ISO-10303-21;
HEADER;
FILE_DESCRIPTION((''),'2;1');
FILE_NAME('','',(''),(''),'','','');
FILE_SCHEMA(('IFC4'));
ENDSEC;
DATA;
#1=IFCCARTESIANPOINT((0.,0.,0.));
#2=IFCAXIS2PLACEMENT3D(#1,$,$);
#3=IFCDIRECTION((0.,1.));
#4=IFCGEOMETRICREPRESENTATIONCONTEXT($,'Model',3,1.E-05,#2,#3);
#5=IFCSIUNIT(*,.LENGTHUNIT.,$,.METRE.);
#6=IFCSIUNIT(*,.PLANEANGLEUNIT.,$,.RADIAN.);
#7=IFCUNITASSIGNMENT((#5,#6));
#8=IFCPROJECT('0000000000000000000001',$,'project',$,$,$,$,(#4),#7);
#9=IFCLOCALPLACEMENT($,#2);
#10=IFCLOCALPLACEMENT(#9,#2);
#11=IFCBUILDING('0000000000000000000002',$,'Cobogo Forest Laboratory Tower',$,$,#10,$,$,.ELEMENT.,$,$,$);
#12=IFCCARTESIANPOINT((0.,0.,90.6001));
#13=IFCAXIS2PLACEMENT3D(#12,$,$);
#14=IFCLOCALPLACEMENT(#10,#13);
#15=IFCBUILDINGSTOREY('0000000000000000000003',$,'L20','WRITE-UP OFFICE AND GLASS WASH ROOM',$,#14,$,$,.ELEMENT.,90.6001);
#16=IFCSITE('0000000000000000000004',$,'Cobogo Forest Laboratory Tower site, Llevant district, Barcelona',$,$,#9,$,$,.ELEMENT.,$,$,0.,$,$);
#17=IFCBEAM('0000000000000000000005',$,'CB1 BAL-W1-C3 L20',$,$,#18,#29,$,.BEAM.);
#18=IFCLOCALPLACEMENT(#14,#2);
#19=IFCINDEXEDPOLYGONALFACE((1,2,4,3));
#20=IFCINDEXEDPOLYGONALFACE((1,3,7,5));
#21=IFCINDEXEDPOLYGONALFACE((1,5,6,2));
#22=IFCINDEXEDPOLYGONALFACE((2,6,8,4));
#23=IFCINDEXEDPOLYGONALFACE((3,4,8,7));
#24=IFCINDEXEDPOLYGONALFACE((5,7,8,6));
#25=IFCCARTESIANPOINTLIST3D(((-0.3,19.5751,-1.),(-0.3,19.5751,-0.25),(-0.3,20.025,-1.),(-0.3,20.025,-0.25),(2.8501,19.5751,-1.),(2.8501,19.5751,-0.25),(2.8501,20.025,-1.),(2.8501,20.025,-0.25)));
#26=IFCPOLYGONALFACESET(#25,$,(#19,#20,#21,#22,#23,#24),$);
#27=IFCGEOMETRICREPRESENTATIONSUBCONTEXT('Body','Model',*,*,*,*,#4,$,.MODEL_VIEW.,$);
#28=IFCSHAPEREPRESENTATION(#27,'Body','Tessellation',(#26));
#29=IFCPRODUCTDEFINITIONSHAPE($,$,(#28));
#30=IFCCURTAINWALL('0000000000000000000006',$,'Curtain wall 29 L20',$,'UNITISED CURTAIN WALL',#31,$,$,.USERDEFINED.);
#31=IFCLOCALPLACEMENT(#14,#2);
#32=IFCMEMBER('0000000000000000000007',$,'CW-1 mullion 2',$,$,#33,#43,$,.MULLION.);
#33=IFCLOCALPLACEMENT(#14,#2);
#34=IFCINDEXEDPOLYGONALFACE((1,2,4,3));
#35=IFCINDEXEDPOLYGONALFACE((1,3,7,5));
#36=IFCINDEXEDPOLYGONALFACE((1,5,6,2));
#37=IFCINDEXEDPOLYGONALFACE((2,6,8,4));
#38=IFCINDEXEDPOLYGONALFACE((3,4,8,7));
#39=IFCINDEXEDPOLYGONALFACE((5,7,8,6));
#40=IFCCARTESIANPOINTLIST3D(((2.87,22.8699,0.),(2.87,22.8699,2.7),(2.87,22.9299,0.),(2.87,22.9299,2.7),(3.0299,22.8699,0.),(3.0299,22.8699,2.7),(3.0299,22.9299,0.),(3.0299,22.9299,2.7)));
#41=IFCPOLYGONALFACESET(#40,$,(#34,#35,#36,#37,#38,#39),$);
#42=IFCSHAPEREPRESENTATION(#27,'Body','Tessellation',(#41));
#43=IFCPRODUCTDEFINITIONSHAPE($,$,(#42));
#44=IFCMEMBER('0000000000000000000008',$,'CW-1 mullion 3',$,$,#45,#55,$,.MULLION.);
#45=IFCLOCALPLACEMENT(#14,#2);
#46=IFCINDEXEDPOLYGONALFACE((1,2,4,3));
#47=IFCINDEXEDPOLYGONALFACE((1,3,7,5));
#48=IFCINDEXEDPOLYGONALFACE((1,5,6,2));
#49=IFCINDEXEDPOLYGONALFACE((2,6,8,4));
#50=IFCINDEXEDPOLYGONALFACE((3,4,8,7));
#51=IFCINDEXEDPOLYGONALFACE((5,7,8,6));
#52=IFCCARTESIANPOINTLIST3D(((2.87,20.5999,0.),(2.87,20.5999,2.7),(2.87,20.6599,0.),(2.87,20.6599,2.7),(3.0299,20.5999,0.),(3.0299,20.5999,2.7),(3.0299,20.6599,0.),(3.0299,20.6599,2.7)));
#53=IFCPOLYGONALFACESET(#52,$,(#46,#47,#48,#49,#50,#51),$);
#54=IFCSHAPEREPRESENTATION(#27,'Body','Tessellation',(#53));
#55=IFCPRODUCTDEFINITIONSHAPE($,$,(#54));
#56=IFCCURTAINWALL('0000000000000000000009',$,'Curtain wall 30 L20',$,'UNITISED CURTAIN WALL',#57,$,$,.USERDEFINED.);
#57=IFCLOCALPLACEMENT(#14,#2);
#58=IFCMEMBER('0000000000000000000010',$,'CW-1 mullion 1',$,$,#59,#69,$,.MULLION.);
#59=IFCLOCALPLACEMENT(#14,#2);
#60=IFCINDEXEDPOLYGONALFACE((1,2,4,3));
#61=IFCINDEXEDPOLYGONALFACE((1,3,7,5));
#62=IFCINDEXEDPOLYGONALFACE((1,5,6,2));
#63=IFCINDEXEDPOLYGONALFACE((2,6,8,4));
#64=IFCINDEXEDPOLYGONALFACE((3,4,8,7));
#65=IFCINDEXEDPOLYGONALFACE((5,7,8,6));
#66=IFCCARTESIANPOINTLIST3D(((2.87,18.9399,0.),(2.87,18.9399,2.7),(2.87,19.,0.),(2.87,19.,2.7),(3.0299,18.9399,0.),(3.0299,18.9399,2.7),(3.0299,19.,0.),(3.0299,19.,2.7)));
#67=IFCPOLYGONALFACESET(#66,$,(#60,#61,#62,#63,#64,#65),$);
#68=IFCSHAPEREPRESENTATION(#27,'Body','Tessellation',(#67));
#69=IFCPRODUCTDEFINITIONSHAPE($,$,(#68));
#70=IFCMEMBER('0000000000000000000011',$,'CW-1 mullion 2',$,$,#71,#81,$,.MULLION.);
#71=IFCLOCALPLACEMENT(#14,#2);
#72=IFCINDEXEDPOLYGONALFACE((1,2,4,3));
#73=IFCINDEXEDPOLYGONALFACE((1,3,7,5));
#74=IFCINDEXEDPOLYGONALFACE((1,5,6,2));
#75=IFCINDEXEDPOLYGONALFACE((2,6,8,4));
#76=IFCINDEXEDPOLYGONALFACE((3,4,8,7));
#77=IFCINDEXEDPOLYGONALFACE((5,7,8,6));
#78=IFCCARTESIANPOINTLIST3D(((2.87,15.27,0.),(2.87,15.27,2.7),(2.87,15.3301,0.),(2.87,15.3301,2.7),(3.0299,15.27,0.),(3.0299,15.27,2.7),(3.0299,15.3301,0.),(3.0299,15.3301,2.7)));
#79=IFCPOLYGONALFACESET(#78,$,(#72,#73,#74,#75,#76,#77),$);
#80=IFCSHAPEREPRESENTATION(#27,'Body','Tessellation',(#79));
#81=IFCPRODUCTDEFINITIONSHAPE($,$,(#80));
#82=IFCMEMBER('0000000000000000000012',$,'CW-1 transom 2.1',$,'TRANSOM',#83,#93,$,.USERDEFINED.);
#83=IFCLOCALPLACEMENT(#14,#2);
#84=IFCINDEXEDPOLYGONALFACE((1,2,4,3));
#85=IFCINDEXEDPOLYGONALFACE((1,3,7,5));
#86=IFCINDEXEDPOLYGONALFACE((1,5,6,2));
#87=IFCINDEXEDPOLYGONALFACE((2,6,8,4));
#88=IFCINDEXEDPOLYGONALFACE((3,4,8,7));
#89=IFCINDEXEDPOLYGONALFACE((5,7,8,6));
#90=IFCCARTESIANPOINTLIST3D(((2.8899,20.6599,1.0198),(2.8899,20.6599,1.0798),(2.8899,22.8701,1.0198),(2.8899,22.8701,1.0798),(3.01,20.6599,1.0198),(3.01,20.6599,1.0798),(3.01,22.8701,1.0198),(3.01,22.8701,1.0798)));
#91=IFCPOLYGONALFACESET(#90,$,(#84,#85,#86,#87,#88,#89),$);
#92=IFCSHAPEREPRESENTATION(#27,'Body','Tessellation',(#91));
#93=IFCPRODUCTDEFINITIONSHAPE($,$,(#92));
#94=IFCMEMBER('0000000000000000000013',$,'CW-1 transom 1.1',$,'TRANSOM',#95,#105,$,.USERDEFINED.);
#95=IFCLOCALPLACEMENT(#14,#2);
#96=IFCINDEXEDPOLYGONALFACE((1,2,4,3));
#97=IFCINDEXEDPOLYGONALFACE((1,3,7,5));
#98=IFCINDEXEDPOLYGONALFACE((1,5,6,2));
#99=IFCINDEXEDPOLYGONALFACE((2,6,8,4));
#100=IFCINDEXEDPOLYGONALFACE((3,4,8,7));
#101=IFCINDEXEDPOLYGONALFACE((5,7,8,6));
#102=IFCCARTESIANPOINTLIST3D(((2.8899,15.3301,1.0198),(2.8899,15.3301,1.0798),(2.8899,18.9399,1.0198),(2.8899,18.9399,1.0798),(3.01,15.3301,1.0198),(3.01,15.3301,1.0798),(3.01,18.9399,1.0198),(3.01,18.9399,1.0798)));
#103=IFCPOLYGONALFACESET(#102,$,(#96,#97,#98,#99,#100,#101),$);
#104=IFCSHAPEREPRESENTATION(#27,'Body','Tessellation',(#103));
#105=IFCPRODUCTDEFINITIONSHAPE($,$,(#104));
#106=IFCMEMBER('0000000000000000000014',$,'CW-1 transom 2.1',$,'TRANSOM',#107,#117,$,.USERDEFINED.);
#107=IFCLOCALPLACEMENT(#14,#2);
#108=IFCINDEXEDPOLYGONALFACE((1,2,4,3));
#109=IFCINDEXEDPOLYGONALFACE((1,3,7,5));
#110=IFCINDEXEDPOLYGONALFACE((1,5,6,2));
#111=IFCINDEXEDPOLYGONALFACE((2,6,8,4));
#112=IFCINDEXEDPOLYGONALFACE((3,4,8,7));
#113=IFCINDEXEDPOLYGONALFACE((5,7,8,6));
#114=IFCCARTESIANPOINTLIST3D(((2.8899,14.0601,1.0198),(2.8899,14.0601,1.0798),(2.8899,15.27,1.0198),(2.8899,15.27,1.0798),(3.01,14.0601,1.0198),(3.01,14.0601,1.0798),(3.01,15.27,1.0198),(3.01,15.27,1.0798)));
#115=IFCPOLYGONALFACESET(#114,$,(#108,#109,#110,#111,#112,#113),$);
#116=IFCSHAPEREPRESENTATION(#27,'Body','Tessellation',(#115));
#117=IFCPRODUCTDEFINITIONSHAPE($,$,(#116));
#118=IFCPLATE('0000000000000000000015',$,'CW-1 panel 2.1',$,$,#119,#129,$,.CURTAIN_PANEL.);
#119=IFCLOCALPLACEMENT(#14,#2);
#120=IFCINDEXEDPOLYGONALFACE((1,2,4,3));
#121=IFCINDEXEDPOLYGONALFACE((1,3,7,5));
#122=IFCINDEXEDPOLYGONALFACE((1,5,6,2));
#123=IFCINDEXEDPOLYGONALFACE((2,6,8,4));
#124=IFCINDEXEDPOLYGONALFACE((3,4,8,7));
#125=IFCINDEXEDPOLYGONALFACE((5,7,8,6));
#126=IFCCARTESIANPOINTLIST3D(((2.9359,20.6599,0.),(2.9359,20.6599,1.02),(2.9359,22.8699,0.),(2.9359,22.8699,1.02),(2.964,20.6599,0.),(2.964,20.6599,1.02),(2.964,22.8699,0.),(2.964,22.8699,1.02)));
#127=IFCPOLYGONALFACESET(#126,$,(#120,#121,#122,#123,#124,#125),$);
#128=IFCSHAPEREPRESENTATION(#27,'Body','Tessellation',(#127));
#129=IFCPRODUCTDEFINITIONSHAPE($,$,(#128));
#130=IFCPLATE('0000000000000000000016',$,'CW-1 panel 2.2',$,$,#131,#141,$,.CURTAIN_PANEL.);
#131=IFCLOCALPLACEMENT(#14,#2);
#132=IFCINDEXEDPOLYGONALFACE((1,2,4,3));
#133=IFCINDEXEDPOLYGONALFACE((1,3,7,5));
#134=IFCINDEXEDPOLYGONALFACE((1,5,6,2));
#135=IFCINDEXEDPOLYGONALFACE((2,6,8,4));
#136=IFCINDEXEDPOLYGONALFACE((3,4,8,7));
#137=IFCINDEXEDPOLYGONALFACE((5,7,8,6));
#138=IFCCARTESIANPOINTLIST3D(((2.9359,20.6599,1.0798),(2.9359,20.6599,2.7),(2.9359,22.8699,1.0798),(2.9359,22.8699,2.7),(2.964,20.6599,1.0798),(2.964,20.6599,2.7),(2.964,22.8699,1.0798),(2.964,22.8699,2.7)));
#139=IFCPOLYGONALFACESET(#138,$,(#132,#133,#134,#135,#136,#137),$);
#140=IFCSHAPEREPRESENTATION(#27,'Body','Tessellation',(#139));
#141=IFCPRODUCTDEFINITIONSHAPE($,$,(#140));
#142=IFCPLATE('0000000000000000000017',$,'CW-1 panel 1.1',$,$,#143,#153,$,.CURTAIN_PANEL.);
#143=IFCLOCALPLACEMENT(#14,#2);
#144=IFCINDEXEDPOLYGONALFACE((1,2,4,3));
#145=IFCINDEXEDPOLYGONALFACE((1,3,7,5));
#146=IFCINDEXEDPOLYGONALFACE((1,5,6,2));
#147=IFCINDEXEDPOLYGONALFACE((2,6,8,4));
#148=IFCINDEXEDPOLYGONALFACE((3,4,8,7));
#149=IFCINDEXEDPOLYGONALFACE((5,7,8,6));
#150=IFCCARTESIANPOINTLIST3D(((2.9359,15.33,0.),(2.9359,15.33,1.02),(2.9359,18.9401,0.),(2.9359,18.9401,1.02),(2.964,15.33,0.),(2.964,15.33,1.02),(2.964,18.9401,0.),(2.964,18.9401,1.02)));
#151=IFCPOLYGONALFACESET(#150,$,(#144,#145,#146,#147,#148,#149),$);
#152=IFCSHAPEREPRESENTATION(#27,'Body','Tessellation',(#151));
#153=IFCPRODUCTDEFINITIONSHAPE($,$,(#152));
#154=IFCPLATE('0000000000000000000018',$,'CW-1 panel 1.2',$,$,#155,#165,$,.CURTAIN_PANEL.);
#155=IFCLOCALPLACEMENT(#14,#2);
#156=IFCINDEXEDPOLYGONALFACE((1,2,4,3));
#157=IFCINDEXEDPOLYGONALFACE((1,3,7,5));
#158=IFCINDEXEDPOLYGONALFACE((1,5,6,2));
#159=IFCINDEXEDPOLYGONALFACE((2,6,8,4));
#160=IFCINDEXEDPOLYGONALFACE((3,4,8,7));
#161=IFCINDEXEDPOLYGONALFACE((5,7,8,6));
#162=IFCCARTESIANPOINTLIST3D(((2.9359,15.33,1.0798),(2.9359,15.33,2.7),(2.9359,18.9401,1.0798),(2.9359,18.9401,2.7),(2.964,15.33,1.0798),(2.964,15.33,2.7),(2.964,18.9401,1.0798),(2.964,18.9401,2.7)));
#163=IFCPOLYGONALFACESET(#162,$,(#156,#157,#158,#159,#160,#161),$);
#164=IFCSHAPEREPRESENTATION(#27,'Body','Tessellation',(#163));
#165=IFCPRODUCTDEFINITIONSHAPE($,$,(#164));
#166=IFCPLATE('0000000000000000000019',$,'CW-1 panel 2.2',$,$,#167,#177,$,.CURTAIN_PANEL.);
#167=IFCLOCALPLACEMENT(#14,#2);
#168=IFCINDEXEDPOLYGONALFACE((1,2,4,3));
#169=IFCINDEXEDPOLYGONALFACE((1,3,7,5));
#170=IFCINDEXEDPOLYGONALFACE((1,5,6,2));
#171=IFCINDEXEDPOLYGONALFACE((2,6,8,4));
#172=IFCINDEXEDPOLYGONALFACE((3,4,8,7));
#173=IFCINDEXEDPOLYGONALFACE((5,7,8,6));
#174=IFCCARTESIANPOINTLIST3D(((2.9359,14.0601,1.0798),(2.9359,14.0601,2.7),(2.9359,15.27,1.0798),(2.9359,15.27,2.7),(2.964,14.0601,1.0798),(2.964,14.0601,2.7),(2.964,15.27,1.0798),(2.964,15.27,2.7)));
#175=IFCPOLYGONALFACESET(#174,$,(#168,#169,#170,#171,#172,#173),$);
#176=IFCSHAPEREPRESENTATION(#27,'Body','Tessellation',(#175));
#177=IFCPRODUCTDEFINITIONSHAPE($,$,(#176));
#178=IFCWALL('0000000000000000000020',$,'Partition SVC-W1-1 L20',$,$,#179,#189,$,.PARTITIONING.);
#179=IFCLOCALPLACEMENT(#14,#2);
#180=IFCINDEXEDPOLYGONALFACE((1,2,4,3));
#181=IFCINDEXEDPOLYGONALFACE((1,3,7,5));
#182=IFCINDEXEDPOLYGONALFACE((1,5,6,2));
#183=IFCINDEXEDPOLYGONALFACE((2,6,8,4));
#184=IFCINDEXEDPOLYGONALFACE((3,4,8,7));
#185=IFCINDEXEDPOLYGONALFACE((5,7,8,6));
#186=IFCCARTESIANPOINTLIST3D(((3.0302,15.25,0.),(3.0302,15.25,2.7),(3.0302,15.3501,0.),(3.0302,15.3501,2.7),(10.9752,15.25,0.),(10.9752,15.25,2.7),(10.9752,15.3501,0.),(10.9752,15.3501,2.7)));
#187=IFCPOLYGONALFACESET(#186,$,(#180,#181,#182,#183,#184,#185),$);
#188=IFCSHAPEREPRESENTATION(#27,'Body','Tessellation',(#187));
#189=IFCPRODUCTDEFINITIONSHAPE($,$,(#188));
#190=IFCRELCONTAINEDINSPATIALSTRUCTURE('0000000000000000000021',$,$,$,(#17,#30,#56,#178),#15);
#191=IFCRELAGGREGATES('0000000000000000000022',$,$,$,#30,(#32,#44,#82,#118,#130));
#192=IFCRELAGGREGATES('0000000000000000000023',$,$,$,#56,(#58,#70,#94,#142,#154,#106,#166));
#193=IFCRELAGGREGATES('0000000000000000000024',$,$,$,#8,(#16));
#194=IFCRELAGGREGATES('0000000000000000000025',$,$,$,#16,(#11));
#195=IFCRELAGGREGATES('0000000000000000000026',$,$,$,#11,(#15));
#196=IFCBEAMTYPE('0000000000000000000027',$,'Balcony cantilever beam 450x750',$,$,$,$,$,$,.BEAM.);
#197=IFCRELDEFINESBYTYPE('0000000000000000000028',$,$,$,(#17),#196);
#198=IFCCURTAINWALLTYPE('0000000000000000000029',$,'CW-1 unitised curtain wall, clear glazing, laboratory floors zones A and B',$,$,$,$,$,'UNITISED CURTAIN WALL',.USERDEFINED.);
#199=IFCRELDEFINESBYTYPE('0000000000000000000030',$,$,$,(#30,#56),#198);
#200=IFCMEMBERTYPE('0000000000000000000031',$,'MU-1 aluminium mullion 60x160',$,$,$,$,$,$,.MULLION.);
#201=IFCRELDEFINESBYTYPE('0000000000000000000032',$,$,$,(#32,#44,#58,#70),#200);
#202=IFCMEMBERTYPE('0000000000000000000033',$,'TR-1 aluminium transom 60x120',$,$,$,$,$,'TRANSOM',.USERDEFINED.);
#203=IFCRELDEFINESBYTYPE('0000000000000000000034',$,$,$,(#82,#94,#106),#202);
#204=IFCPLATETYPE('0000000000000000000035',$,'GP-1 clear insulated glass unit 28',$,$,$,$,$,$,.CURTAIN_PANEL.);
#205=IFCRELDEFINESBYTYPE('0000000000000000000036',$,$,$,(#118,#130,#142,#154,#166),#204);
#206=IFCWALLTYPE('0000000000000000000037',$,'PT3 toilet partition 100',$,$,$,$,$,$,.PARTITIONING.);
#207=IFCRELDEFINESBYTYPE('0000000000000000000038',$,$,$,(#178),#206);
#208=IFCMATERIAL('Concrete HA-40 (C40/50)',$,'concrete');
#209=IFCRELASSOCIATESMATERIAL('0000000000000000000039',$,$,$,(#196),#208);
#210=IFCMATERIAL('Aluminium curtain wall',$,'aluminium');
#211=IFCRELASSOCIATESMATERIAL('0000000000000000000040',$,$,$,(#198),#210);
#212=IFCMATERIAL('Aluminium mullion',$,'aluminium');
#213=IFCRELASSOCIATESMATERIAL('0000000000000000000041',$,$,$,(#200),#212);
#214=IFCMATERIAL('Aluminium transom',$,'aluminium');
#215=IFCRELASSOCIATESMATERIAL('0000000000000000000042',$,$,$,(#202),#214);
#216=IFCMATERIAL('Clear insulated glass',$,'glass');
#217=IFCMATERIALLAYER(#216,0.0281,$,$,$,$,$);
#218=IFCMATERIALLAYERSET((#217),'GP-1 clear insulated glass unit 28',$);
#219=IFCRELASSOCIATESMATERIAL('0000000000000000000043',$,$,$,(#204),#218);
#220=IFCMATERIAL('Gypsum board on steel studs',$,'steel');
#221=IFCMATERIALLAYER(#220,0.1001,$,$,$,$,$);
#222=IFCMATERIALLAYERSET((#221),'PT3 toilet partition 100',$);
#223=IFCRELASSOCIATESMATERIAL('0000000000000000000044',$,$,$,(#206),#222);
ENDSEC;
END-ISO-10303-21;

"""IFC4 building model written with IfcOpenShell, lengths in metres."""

from ifc_helpers import new_model, si_unit, direction, frame, frame_2d, origin, origin_2d, place, context, subcontext, project, spatial, rectangle, extrude, material, layer, layer_set, material_profile, profile_set, type_object, element, aggregate, save


model = new_model("IFC4")

# Units and contexts
model_context = context("Model", 3, precision=1e-05, world=origin(), true_north=direction((0.0, 1.0)))
body_context = subcontext(model_context, "Body", "Model", "MODEL_VIEW")
ifc_project = project(units=[si_unit("LENGTHUNIT", "METRE"), si_unit("PLANEANGLEUNIT", "RADIAN")], contexts=[model_context])

# Site, building, storey
site_placement = place(None, origin())
site = spatial("IfcSite", under=ifc_project, at=site_placement, Name="Cobogo Forest Laboratory Tower site, Llevant district, Barcelona", CompositionType="ELEMENT", RefElevation=0.0)
building_placement = place(site_placement, origin())
building = spatial("IfcBuilding", under=site, at=building_placement, Name="Cobogo Forest Laboratory Tower", CompositionType="ELEMENT")
storey_placement = place(building_placement, frame((0.0, 0.0, 90.6001)))
storey = spatial("IfcBuildingStorey", under=building, at=storey_placement, Name="L20", Description="WRITE-UP OFFICE AND GLASS WASH ROOM", CompositionType="ELEMENT", Elevation=90.6001)

# Beam
ifc_material_1 = material(Name="Concrete HA-40 (C40/50)", Category="concrete")
ifc_material_profile_1 = material_profile(ifc_material_1, rectangle(XDim=0.45, YDim=0.75, at=origin_2d()), Name="RC 450x750")
ifc_profile_set_1 = profile_set([ifc_material_profile_1], Name="Concrete HA-40 (C40/50)")
beam_type = type_object("IfcBeamType", Name="Balcony cantilever beam 450x750", PredefinedType="BEAM", material=ifc_profile_set_1)
beam_placement = place(storey_placement, frame((2.8501, 19.8, -0.625), z_axis=(-1.0, 0.0, 0.0), x_axis=(0.0, -1.0, 0.0)))
element("IfcBeam", 1, at=beam_placement, inside=storey, type_object=beam_type, Name="CB1 BAL-W1-C3 L20", PredefinedType="BEAM", context=body_context, shape_type="SweptSolid", body=[
    extrude(rectangle(XDim=0.45, YDim=0.75, at=origin_2d()), origin(), (0.0, 0.0, 1.0), 3.1501),
])

# Curtain walls, members
ifc_material_2 = material(Name="Aluminium curtain wall", Category="aluminium")
curtain_wall_type = type_object("IfcCurtainWallType", Name="CW-1 unitised curtain wall, clear glazing, laboratory floors zones A and B", ElementType="UNITISED CURTAIN WALL", PredefinedType="USERDEFINED", material=ifc_material_2)
curtain_wall_1_placement = place(storey_placement, origin())
curtain_wall_1 = element("IfcCurtainWall", 2, at=curtain_wall_1_placement, inside=storey, type_object=curtain_wall_type, Name="Curtain wall 29 L20", ObjectType="UNITISED CURTAIN WALL", PredefinedType="USERDEFINED")
ifc_material_3 = material(Name="Aluminium mullion", Category="aluminium")
ifc_material_profile_2 = material_profile(ifc_material_3, rectangle(XDim=0.0601, YDim=0.1599, at=origin_2d()), Name="AL 60x160")
ifc_profile_set_2 = profile_set([ifc_material_profile_2], Name="Aluminium mullion")
member_type_1 = type_object("IfcMemberType", Name="MU-1 aluminium mullion 60x160", PredefinedType="MULLION", material=ifc_profile_set_2)
member_1_placement = place(storey_placement, frame((2.95, 22.8999, 0.0), z_axis=(0.0, 0.0, 1.0), x_axis=(0.0, -1.0, 0.0)))
member_1 = element("IfcMember", 3, at=member_1_placement, type_object=member_type_1, Name="CW-1 mullion 2", PredefinedType="MULLION", context=body_context, shape_type="SweptSolid", body=[
    extrude(rectangle(XDim=0.0601, YDim=0.1599, at=origin_2d()), origin(), (0.0, 0.0, 1.0), 2.7),
])
member_2_placement = place(storey_placement, frame((2.95, 20.6299, 0.0), z_axis=(0.0, 0.0, 1.0), x_axis=(0.0, -1.0, 0.0)))
member_2 = element("IfcMember", 4, at=member_2_placement, type_object=member_type_1, Name="CW-1 mullion 3", PredefinedType="MULLION", context=body_context, shape_type="SweptSolid", body=[
    extrude(rectangle(XDim=0.0601, YDim=0.1599, at=origin_2d()), origin(), (0.0, 0.0, 1.0), 2.7),
])
curtain_wall_2_placement = place(storey_placement, origin())
curtain_wall_2 = element("IfcCurtainWall", 5, at=curtain_wall_2_placement, inside=storey, type_object=curtain_wall_type, Name="Curtain wall 30 L20", ObjectType="UNITISED CURTAIN WALL", PredefinedType="USERDEFINED")
member_3_placement = place(storey_placement, frame((2.95, 18.97, 0.0), z_axis=(0.0, 0.0, 1.0), x_axis=(0.0, -1.0, 0.0)))
member_3 = element("IfcMember", 6, at=member_3_placement, type_object=member_type_1, Name="CW-1 mullion 1", PredefinedType="MULLION", context=body_context, shape_type="SweptSolid", body=[
    extrude(rectangle(XDim=0.0601, YDim=0.1599, at=origin_2d()), origin(), (0.0, 0.0, 1.0), 2.7),
])
member_4_placement = place(storey_placement, frame((2.95, 15.3, 0.0), z_axis=(0.0, 0.0, 1.0), x_axis=(0.0, -1.0, 0.0)))
member_4 = element("IfcMember", 7, at=member_4_placement, type_object=member_type_1, Name="CW-1 mullion 2", PredefinedType="MULLION", context=body_context, shape_type="SweptSolid", body=[
    extrude(rectangle(XDim=0.0601, YDim=0.1599, at=origin_2d()), origin(), (0.0, 0.0, 1.0), 2.7),
])

# Members
ifc_material_4 = material(Name="Aluminium transom", Category="aluminium")
ifc_material_profile_3 = material_profile(ifc_material_4, rectangle(XDim=0.1201, YDim=0.0601, at=origin_2d()), Name="AL 60x120")
ifc_profile_set_3 = profile_set([ifc_material_profile_3], Name="Aluminium transom")
member_type_2 = type_object("IfcMemberType", Name="TR-1 aluminium transom 60x120", ElementType="TRANSOM", PredefinedType="USERDEFINED", material=ifc_profile_set_3)
member_5_placement = place(storey_placement, frame((2.95, 22.8701, 1.0498), z_axis=(0.0, -1.0, 0.0), x_axis=(1.0, 0.0, 0.0)))
member_5 = element("IfcMember", 8, at=member_5_placement, type_object=member_type_2, Name="CW-1 transom 2.1", ObjectType="TRANSOM", PredefinedType="USERDEFINED", context=body_context, shape_type="SweptSolid", body=[
    extrude(rectangle(XDim=0.1201, YDim=0.0601, at=origin_2d()), origin(), (0.0, 0.0, 1.0), 2.2102),
])
member_6_placement = place(storey_placement, frame((2.95, 18.9399, 1.0498), z_axis=(0.0, -1.0, 0.0), x_axis=(1.0, 0.0, 0.0)))
member_6 = element("IfcMember", 9, at=member_6_placement, type_object=member_type_2, Name="CW-1 transom 1.1", ObjectType="TRANSOM", PredefinedType="USERDEFINED", context=body_context, shape_type="SweptSolid", body=[
    extrude(rectangle(XDim=0.1201, YDim=0.0601, at=origin_2d()), origin(), (0.0, 0.0, 1.0), 3.6099),
])
member_7_placement = place(storey_placement, frame((2.95, 15.27, 1.0498), z_axis=(0.0, -1.0, 0.0), x_axis=(1.0, 0.0, 0.0)))
member_7 = element("IfcMember", 10, at=member_7_placement, type_object=member_type_2, Name="CW-1 transom 2.1", ObjectType="TRANSOM", PredefinedType="USERDEFINED", context=body_context, shape_type="SweptSolid", body=[
    extrude(rectangle(XDim=0.1201, YDim=0.0601, at=origin_2d()), origin(), (0.0, 0.0, 1.0), 1.21),
])

# Plates
ifc_material_5 = material(Name="Clear insulated glass", Category="glass")
ifc_layer_1 = layer(ifc_material_5, 0.0281)
ifc_layer_set_1 = layer_set([ifc_layer_1], Name="GP-1 clear insulated glass unit 28")
plate_type_1 = type_object("IfcPlateType", Name="GP-1 clear insulated glass unit 28", PredefinedType="CURTAIN_PANEL", material=ifc_layer_set_1)
plate_1_placement = place(storey_placement, frame((2.95, 21.7649, 0.0), z_axis=(0.0, 0.0, 1.0), x_axis=(0.0, -1.0, 0.0)))
plate_1 = element("IfcPlate", 11, at=plate_1_placement, type_object=plate_type_1, Name="CW-1 panel 2.1", PredefinedType="CURTAIN_PANEL", context=body_context, shape_type="SweptSolid", body=[
    extrude(rectangle(XDim=2.21, YDim=0.0281, at=origin_2d()), origin(), (0.0, 0.0, 1.0), 1.02),
])
plate_2_placement = place(storey_placement, frame((2.95, 21.7649, 1.0798), z_axis=(0.0, 0.0, 1.0), x_axis=(0.0, -1.0, 0.0)))
plate_2 = element("IfcPlate", 12, at=plate_2_placement, type_object=plate_type_1, Name="CW-1 panel 2.2", PredefinedType="CURTAIN_PANEL", context=body_context, shape_type="SweptSolid", body=[
    extrude(rectangle(XDim=2.21, YDim=0.0281, at=origin_2d()), origin(), (0.0, 0.0, 1.0), 1.6201),
])
aggregate(curtain_wall_1, [member_1, member_2, member_5, plate_1, plate_2])
plate_3_placement = place(storey_placement, frame((2.95, 17.135, 0.0), z_axis=(0.0, 0.0, 1.0), x_axis=(0.0, -1.0, 0.0)))
plate_3 = element("IfcPlate", 13, at=plate_3_placement, type_object=plate_type_1, Name="CW-1 panel 1.1", PredefinedType="CURTAIN_PANEL", context=body_context, shape_type="SweptSolid", body=[
    extrude(rectangle(XDim=3.6101, YDim=0.0281, at=origin_2d()), origin(), (0.0, 0.0, 1.0), 1.02),
])
plate_4_placement = place(storey_placement, frame((2.95, 17.135, 1.0798), z_axis=(0.0, 0.0, 1.0), x_axis=(0.0, -1.0, 0.0)))
plate_4 = element("IfcPlate", 14, at=plate_4_placement, type_object=plate_type_1, Name="CW-1 panel 1.2", PredefinedType="CURTAIN_PANEL", context=body_context, shape_type="SweptSolid", body=[
    extrude(rectangle(XDim=3.6101, YDim=0.0281, at=origin_2d()), origin(), (0.0, 0.0, 1.0), 1.6201),
])
plate_5_placement = place(storey_placement, frame((2.95, 14.665, 1.0798), z_axis=(0.0, 0.0, 1.0), x_axis=(0.0, -1.0, 0.0)))
plate_5 = element("IfcPlate", 15, at=plate_5_placement, type_object=plate_type_1, Name="CW-1 panel 2.2", PredefinedType="CURTAIN_PANEL", context=body_context, shape_type="SweptSolid", body=[
    extrude(rectangle(XDim=1.21, YDim=0.0281, at=origin_2d()), origin(), (0.0, 0.0, 1.0), 1.6201),
])
aggregate(curtain_wall_2, [member_3, member_4, member_6, plate_3, plate_4, member_7, plate_5])

# Wall
ifc_material_6 = material(Name="Gypsum board on steel studs", Category="steel")
ifc_layer_2 = layer(ifc_material_6, 0.1001)
ifc_layer_set_2 = layer_set([ifc_layer_2], Name="PT3 toilet partition 100")
wall_type = type_object("IfcWallType", Name="PT3 toilet partition 100", PredefinedType="PARTITIONING", material=ifc_layer_set_2)
wall_placement = place(storey_placement, frame((3.03, 15.3, 0.0), z_axis=(0.0, 0.0, 1.0), x_axis=(1.0, 0.0, 0.0)))
element("IfcWall", 16, at=wall_placement, inside=storey, type_object=wall_type, Name="Partition SVC-W1-1 L20", PredefinedType="PARTITIONING", context=body_context, shape_type="SweptSolid", body=[
    extrude(rectangle(XDim=7.9451, YDim=0.1001, at=frame_2d((3.9727, 0.0))), origin(), (0.0, 0.0, 1.0), 2.7),
])

save(model, "model.ifc")
